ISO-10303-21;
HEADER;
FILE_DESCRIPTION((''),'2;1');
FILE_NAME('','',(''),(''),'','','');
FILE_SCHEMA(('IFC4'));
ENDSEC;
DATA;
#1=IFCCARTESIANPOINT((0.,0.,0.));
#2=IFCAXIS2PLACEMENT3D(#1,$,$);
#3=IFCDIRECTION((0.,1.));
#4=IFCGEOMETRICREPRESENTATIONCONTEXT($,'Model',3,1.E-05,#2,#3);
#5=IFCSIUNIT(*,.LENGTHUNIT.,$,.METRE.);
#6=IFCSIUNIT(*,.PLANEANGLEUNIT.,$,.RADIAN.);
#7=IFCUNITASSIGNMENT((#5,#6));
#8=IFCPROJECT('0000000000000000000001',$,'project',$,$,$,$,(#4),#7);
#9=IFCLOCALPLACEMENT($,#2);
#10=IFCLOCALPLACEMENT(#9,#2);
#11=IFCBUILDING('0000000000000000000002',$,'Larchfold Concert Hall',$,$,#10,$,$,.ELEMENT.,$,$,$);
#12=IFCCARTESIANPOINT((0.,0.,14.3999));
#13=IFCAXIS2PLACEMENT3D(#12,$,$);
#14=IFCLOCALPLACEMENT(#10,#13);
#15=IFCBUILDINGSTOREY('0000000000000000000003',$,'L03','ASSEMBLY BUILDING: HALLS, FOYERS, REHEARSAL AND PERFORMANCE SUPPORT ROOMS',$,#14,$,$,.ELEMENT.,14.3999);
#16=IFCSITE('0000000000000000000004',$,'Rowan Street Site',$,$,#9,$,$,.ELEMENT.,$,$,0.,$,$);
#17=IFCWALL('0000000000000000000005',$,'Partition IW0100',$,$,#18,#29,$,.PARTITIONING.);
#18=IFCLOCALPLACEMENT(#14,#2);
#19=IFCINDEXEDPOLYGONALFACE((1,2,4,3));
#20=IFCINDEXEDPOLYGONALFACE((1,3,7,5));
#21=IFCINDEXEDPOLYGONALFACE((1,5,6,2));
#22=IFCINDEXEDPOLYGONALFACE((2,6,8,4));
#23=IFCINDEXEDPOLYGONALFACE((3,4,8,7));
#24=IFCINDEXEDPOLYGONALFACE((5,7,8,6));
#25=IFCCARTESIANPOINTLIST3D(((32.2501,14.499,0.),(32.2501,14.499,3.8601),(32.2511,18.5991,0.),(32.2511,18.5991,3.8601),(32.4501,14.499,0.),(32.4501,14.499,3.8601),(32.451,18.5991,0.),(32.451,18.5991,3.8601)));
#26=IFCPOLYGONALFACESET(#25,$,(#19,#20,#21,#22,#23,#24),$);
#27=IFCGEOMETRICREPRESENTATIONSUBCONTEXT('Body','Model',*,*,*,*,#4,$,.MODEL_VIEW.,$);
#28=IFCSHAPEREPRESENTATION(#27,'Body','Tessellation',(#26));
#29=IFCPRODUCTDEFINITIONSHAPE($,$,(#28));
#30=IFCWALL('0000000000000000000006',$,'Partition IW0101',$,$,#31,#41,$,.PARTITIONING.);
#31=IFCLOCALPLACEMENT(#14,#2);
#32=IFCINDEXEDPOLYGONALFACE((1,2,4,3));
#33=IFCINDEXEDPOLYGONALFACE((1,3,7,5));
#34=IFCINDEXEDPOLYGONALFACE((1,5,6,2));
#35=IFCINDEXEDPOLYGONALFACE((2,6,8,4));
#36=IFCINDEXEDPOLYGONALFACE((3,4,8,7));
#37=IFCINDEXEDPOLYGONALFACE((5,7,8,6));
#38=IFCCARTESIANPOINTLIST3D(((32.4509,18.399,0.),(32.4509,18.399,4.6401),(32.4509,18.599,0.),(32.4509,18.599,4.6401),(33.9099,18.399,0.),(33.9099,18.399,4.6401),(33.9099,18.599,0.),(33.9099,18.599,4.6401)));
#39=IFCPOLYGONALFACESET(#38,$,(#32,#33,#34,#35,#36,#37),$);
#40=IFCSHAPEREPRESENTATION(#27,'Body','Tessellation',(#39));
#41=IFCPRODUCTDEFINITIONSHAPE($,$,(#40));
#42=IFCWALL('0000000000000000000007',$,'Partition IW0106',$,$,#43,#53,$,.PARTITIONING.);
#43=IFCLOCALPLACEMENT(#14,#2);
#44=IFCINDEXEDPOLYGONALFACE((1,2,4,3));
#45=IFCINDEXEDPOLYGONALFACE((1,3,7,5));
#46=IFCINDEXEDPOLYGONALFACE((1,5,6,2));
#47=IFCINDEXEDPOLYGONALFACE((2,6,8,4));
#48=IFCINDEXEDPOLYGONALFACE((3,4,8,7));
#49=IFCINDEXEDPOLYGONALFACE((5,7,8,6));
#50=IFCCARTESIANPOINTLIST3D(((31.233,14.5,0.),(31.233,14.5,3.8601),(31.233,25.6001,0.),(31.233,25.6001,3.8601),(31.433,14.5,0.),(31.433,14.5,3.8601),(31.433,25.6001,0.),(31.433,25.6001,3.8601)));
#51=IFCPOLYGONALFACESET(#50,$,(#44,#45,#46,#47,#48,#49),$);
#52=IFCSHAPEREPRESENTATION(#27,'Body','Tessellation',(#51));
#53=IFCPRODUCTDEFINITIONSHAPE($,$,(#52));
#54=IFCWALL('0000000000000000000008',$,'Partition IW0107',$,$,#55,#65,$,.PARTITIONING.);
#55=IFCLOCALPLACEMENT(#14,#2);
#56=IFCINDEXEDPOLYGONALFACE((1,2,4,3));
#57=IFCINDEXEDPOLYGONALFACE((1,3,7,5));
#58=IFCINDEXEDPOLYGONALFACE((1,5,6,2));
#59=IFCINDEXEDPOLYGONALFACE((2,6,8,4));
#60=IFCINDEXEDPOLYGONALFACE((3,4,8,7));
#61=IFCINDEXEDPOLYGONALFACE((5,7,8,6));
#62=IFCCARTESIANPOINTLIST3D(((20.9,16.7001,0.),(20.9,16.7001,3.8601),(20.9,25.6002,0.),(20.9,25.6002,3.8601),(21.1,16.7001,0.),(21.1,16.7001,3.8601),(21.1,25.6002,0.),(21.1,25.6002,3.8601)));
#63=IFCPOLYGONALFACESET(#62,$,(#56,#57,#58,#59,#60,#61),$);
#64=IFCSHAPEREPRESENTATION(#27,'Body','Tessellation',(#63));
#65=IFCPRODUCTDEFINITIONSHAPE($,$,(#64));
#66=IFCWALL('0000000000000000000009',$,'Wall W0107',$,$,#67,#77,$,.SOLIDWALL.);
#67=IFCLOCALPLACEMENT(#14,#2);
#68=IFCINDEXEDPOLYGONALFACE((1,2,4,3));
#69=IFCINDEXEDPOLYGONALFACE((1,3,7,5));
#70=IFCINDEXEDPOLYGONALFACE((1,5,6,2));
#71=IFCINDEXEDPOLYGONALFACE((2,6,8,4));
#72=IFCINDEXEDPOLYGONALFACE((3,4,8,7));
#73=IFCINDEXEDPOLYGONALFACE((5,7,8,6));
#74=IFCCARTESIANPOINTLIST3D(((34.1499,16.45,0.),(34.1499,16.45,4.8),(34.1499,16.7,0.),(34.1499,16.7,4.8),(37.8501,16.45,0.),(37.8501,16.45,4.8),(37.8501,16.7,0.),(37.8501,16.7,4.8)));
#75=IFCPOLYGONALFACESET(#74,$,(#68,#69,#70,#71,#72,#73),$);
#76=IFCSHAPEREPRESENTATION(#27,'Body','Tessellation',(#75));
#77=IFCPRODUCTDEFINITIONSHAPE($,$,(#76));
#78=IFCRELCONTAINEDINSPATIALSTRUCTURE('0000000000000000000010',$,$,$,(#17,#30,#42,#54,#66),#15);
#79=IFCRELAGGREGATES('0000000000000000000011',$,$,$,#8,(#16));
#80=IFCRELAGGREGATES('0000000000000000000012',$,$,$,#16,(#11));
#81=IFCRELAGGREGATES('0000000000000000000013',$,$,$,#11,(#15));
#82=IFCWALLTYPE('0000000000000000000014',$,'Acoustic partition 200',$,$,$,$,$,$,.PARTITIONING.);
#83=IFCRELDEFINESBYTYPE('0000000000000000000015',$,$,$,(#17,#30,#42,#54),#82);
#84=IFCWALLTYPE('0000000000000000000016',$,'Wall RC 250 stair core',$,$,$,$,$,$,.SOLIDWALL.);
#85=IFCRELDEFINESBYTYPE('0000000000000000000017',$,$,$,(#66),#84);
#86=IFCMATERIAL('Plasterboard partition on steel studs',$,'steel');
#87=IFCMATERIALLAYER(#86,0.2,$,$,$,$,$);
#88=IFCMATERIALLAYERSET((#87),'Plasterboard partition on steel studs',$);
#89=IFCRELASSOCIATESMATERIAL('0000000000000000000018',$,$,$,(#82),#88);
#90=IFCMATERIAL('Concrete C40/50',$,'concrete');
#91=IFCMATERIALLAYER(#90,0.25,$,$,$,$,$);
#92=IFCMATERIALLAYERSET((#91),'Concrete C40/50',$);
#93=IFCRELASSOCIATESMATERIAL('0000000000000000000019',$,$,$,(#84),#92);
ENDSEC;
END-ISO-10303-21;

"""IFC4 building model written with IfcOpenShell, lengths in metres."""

from ifc_helpers import new_model, si_unit, direction, frame, frame_2d, origin, place, context, subcontext, project, spatial, rectangle, extrude, material, layer, layer_set, type_object, element, save


model = new_model("IFC4")

# Units and contexts
model_context = context("Model", 3, precision=1e-05, world=origin(), true_north=direction((0.0, 1.0)))
body_context = subcontext(model_context, "Body", "Model", "MODEL_VIEW")
ifc_project = project(units=[si_unit("LENGTHUNIT", "METRE"), si_unit("PLANEANGLEUNIT", "RADIAN")], contexts=[model_context])

# Site, building, storey
site_placement = place(None, origin())
site = spatial("IfcSite", under=ifc_project, at=site_placement, Name="Rowan Street Site", CompositionType="ELEMENT", RefElevation=0.0)
building_placement = place(site_placement, origin())
building = spatial("IfcBuilding", under=site, at=building_placement, Name="Larchfold Concert Hall", CompositionType="ELEMENT")
storey_placement = place(building_placement, frame((0.0, 0.0, 14.3999)))
storey = spatial("IfcBuildingStorey", under=building, at=storey_placement, Name="L03", Description="ASSEMBLY BUILDING: HALLS, FOYERS, REHEARSAL AND PERFORMANCE SUPPORT ROOMS", CompositionType="ELEMENT", Elevation=14.3999)

# Shared definitions
ifc_material_1 = material(Name="Plasterboard partition on steel studs", Category="steel")
ifc_layer_1 = layer(ifc_material_1, 0.2)
ifc_layer_set_1 = layer_set([ifc_layer_1], Name="Plasterboard partition on steel studs")
wall_type_1 = type_object("IfcWallType", Name="Acoustic partition 200", PredefinedType="PARTITIONING", material=ifc_layer_set_1)

# Walls
wall_1_placement = place(storey_placement, frame((32.3501, 14.499, 0.0), z_axis=(0.0, 0.0, 1.0), x_axis=(0.000238, 1.0, 0.0)))
element("IfcWall", 1, at=wall_1_placement, inside=storey, type_object=wall_type_1, Name="Partition IW0100", PredefinedType="PARTITIONING", context=body_context, shape_type="SweptSolid", body=[
    extrude(rectangle(XDim=4.1001, YDim=0.2, at=frame_2d((2.05, 0.0))), origin(), (0.0, 0.0, 1.0), 3.8601),
])
wall_2_placement = place(storey_placement, frame((32.4509, 18.499, 0.0), z_axis=(0.0, 0.0, 1.0), x_axis=(1.0, 0.0, 0.0)))
element("IfcWall", 2, at=wall_2_placement, inside=storey, type_object=wall_type_1, Name="Partition IW0101", PredefinedType="PARTITIONING", context=body_context, shape_type="SweptSolid", body=[
    extrude(rectangle(XDim=1.459, YDim=0.2, at=frame_2d((0.7295, 0.0))), origin(), (0.0, 0.0, 1.0), 4.6401),
])
wall_3_placement = place(storey_placement, frame((31.333, 25.6001, 0.0), z_axis=(0.0, 0.0, 1.0), x_axis=(0.0, -1.0, 0.0)))
element("IfcWall", 3, at=wall_3_placement, inside=storey, type_object=wall_type_1, Name="Partition IW0106", PredefinedType="PARTITIONING", context=body_context, shape_type="SweptSolid", body=[
    extrude(rectangle(XDim=11.1001, YDim=0.2, at=frame_2d((5.55, 0.0))), origin(), (0.0, 0.0, 1.0), 3.8601),
])
wall_4_placement = place(storey_placement, frame((21.0, 16.7, 0.0), z_axis=(0.0, 0.0, 1.0), x_axis=(0.0, 1.0, 0.0)))
element("IfcWall", 4, at=wall_4_placement, inside=storey, type_object=wall_type_1, Name="Partition IW0107", PredefinedType="PARTITIONING", context=body_context, shape_type="SweptSolid", body=[
    extrude(rectangle(XDim=8.9001, YDim=0.2, at=frame_2d((4.4502, 0.0))), origin(), (0.0, 0.0, 1.0), 3.8601),
])
ifc_material_2 = material(Name="Concrete C40/50", Category="concrete")
ifc_layer_2 = layer(ifc_material_2, 0.25)
ifc_layer_set_2 = layer_set([ifc_layer_2], Name="Concrete C40/50")
wall_type_2 = type_object("IfcWallType", Name="Wall RC 250 stair core", PredefinedType="SOLIDWALL", material=ifc_layer_set_2)
wall_5_placement = place(storey_placement, frame((34.1499, 16.575, 0.0), z_axis=(0.0, 0.0, 1.0), x_axis=(1.0, 0.0, 0.0)))
element("IfcWall", 5, at=wall_5_placement, inside=storey, type_object=wall_type_2, Name="Wall W0107", PredefinedType="SOLIDWALL", context=body_context, shape_type="SweptSolid", body=[
    extrude(rectangle(XDim=3.7002, YDim=0.25, at=frame_2d((1.8501, 0.0))), origin(), (0.0, 0.0, 1.0), 4.8),
])

save(model, "model.ifc")
